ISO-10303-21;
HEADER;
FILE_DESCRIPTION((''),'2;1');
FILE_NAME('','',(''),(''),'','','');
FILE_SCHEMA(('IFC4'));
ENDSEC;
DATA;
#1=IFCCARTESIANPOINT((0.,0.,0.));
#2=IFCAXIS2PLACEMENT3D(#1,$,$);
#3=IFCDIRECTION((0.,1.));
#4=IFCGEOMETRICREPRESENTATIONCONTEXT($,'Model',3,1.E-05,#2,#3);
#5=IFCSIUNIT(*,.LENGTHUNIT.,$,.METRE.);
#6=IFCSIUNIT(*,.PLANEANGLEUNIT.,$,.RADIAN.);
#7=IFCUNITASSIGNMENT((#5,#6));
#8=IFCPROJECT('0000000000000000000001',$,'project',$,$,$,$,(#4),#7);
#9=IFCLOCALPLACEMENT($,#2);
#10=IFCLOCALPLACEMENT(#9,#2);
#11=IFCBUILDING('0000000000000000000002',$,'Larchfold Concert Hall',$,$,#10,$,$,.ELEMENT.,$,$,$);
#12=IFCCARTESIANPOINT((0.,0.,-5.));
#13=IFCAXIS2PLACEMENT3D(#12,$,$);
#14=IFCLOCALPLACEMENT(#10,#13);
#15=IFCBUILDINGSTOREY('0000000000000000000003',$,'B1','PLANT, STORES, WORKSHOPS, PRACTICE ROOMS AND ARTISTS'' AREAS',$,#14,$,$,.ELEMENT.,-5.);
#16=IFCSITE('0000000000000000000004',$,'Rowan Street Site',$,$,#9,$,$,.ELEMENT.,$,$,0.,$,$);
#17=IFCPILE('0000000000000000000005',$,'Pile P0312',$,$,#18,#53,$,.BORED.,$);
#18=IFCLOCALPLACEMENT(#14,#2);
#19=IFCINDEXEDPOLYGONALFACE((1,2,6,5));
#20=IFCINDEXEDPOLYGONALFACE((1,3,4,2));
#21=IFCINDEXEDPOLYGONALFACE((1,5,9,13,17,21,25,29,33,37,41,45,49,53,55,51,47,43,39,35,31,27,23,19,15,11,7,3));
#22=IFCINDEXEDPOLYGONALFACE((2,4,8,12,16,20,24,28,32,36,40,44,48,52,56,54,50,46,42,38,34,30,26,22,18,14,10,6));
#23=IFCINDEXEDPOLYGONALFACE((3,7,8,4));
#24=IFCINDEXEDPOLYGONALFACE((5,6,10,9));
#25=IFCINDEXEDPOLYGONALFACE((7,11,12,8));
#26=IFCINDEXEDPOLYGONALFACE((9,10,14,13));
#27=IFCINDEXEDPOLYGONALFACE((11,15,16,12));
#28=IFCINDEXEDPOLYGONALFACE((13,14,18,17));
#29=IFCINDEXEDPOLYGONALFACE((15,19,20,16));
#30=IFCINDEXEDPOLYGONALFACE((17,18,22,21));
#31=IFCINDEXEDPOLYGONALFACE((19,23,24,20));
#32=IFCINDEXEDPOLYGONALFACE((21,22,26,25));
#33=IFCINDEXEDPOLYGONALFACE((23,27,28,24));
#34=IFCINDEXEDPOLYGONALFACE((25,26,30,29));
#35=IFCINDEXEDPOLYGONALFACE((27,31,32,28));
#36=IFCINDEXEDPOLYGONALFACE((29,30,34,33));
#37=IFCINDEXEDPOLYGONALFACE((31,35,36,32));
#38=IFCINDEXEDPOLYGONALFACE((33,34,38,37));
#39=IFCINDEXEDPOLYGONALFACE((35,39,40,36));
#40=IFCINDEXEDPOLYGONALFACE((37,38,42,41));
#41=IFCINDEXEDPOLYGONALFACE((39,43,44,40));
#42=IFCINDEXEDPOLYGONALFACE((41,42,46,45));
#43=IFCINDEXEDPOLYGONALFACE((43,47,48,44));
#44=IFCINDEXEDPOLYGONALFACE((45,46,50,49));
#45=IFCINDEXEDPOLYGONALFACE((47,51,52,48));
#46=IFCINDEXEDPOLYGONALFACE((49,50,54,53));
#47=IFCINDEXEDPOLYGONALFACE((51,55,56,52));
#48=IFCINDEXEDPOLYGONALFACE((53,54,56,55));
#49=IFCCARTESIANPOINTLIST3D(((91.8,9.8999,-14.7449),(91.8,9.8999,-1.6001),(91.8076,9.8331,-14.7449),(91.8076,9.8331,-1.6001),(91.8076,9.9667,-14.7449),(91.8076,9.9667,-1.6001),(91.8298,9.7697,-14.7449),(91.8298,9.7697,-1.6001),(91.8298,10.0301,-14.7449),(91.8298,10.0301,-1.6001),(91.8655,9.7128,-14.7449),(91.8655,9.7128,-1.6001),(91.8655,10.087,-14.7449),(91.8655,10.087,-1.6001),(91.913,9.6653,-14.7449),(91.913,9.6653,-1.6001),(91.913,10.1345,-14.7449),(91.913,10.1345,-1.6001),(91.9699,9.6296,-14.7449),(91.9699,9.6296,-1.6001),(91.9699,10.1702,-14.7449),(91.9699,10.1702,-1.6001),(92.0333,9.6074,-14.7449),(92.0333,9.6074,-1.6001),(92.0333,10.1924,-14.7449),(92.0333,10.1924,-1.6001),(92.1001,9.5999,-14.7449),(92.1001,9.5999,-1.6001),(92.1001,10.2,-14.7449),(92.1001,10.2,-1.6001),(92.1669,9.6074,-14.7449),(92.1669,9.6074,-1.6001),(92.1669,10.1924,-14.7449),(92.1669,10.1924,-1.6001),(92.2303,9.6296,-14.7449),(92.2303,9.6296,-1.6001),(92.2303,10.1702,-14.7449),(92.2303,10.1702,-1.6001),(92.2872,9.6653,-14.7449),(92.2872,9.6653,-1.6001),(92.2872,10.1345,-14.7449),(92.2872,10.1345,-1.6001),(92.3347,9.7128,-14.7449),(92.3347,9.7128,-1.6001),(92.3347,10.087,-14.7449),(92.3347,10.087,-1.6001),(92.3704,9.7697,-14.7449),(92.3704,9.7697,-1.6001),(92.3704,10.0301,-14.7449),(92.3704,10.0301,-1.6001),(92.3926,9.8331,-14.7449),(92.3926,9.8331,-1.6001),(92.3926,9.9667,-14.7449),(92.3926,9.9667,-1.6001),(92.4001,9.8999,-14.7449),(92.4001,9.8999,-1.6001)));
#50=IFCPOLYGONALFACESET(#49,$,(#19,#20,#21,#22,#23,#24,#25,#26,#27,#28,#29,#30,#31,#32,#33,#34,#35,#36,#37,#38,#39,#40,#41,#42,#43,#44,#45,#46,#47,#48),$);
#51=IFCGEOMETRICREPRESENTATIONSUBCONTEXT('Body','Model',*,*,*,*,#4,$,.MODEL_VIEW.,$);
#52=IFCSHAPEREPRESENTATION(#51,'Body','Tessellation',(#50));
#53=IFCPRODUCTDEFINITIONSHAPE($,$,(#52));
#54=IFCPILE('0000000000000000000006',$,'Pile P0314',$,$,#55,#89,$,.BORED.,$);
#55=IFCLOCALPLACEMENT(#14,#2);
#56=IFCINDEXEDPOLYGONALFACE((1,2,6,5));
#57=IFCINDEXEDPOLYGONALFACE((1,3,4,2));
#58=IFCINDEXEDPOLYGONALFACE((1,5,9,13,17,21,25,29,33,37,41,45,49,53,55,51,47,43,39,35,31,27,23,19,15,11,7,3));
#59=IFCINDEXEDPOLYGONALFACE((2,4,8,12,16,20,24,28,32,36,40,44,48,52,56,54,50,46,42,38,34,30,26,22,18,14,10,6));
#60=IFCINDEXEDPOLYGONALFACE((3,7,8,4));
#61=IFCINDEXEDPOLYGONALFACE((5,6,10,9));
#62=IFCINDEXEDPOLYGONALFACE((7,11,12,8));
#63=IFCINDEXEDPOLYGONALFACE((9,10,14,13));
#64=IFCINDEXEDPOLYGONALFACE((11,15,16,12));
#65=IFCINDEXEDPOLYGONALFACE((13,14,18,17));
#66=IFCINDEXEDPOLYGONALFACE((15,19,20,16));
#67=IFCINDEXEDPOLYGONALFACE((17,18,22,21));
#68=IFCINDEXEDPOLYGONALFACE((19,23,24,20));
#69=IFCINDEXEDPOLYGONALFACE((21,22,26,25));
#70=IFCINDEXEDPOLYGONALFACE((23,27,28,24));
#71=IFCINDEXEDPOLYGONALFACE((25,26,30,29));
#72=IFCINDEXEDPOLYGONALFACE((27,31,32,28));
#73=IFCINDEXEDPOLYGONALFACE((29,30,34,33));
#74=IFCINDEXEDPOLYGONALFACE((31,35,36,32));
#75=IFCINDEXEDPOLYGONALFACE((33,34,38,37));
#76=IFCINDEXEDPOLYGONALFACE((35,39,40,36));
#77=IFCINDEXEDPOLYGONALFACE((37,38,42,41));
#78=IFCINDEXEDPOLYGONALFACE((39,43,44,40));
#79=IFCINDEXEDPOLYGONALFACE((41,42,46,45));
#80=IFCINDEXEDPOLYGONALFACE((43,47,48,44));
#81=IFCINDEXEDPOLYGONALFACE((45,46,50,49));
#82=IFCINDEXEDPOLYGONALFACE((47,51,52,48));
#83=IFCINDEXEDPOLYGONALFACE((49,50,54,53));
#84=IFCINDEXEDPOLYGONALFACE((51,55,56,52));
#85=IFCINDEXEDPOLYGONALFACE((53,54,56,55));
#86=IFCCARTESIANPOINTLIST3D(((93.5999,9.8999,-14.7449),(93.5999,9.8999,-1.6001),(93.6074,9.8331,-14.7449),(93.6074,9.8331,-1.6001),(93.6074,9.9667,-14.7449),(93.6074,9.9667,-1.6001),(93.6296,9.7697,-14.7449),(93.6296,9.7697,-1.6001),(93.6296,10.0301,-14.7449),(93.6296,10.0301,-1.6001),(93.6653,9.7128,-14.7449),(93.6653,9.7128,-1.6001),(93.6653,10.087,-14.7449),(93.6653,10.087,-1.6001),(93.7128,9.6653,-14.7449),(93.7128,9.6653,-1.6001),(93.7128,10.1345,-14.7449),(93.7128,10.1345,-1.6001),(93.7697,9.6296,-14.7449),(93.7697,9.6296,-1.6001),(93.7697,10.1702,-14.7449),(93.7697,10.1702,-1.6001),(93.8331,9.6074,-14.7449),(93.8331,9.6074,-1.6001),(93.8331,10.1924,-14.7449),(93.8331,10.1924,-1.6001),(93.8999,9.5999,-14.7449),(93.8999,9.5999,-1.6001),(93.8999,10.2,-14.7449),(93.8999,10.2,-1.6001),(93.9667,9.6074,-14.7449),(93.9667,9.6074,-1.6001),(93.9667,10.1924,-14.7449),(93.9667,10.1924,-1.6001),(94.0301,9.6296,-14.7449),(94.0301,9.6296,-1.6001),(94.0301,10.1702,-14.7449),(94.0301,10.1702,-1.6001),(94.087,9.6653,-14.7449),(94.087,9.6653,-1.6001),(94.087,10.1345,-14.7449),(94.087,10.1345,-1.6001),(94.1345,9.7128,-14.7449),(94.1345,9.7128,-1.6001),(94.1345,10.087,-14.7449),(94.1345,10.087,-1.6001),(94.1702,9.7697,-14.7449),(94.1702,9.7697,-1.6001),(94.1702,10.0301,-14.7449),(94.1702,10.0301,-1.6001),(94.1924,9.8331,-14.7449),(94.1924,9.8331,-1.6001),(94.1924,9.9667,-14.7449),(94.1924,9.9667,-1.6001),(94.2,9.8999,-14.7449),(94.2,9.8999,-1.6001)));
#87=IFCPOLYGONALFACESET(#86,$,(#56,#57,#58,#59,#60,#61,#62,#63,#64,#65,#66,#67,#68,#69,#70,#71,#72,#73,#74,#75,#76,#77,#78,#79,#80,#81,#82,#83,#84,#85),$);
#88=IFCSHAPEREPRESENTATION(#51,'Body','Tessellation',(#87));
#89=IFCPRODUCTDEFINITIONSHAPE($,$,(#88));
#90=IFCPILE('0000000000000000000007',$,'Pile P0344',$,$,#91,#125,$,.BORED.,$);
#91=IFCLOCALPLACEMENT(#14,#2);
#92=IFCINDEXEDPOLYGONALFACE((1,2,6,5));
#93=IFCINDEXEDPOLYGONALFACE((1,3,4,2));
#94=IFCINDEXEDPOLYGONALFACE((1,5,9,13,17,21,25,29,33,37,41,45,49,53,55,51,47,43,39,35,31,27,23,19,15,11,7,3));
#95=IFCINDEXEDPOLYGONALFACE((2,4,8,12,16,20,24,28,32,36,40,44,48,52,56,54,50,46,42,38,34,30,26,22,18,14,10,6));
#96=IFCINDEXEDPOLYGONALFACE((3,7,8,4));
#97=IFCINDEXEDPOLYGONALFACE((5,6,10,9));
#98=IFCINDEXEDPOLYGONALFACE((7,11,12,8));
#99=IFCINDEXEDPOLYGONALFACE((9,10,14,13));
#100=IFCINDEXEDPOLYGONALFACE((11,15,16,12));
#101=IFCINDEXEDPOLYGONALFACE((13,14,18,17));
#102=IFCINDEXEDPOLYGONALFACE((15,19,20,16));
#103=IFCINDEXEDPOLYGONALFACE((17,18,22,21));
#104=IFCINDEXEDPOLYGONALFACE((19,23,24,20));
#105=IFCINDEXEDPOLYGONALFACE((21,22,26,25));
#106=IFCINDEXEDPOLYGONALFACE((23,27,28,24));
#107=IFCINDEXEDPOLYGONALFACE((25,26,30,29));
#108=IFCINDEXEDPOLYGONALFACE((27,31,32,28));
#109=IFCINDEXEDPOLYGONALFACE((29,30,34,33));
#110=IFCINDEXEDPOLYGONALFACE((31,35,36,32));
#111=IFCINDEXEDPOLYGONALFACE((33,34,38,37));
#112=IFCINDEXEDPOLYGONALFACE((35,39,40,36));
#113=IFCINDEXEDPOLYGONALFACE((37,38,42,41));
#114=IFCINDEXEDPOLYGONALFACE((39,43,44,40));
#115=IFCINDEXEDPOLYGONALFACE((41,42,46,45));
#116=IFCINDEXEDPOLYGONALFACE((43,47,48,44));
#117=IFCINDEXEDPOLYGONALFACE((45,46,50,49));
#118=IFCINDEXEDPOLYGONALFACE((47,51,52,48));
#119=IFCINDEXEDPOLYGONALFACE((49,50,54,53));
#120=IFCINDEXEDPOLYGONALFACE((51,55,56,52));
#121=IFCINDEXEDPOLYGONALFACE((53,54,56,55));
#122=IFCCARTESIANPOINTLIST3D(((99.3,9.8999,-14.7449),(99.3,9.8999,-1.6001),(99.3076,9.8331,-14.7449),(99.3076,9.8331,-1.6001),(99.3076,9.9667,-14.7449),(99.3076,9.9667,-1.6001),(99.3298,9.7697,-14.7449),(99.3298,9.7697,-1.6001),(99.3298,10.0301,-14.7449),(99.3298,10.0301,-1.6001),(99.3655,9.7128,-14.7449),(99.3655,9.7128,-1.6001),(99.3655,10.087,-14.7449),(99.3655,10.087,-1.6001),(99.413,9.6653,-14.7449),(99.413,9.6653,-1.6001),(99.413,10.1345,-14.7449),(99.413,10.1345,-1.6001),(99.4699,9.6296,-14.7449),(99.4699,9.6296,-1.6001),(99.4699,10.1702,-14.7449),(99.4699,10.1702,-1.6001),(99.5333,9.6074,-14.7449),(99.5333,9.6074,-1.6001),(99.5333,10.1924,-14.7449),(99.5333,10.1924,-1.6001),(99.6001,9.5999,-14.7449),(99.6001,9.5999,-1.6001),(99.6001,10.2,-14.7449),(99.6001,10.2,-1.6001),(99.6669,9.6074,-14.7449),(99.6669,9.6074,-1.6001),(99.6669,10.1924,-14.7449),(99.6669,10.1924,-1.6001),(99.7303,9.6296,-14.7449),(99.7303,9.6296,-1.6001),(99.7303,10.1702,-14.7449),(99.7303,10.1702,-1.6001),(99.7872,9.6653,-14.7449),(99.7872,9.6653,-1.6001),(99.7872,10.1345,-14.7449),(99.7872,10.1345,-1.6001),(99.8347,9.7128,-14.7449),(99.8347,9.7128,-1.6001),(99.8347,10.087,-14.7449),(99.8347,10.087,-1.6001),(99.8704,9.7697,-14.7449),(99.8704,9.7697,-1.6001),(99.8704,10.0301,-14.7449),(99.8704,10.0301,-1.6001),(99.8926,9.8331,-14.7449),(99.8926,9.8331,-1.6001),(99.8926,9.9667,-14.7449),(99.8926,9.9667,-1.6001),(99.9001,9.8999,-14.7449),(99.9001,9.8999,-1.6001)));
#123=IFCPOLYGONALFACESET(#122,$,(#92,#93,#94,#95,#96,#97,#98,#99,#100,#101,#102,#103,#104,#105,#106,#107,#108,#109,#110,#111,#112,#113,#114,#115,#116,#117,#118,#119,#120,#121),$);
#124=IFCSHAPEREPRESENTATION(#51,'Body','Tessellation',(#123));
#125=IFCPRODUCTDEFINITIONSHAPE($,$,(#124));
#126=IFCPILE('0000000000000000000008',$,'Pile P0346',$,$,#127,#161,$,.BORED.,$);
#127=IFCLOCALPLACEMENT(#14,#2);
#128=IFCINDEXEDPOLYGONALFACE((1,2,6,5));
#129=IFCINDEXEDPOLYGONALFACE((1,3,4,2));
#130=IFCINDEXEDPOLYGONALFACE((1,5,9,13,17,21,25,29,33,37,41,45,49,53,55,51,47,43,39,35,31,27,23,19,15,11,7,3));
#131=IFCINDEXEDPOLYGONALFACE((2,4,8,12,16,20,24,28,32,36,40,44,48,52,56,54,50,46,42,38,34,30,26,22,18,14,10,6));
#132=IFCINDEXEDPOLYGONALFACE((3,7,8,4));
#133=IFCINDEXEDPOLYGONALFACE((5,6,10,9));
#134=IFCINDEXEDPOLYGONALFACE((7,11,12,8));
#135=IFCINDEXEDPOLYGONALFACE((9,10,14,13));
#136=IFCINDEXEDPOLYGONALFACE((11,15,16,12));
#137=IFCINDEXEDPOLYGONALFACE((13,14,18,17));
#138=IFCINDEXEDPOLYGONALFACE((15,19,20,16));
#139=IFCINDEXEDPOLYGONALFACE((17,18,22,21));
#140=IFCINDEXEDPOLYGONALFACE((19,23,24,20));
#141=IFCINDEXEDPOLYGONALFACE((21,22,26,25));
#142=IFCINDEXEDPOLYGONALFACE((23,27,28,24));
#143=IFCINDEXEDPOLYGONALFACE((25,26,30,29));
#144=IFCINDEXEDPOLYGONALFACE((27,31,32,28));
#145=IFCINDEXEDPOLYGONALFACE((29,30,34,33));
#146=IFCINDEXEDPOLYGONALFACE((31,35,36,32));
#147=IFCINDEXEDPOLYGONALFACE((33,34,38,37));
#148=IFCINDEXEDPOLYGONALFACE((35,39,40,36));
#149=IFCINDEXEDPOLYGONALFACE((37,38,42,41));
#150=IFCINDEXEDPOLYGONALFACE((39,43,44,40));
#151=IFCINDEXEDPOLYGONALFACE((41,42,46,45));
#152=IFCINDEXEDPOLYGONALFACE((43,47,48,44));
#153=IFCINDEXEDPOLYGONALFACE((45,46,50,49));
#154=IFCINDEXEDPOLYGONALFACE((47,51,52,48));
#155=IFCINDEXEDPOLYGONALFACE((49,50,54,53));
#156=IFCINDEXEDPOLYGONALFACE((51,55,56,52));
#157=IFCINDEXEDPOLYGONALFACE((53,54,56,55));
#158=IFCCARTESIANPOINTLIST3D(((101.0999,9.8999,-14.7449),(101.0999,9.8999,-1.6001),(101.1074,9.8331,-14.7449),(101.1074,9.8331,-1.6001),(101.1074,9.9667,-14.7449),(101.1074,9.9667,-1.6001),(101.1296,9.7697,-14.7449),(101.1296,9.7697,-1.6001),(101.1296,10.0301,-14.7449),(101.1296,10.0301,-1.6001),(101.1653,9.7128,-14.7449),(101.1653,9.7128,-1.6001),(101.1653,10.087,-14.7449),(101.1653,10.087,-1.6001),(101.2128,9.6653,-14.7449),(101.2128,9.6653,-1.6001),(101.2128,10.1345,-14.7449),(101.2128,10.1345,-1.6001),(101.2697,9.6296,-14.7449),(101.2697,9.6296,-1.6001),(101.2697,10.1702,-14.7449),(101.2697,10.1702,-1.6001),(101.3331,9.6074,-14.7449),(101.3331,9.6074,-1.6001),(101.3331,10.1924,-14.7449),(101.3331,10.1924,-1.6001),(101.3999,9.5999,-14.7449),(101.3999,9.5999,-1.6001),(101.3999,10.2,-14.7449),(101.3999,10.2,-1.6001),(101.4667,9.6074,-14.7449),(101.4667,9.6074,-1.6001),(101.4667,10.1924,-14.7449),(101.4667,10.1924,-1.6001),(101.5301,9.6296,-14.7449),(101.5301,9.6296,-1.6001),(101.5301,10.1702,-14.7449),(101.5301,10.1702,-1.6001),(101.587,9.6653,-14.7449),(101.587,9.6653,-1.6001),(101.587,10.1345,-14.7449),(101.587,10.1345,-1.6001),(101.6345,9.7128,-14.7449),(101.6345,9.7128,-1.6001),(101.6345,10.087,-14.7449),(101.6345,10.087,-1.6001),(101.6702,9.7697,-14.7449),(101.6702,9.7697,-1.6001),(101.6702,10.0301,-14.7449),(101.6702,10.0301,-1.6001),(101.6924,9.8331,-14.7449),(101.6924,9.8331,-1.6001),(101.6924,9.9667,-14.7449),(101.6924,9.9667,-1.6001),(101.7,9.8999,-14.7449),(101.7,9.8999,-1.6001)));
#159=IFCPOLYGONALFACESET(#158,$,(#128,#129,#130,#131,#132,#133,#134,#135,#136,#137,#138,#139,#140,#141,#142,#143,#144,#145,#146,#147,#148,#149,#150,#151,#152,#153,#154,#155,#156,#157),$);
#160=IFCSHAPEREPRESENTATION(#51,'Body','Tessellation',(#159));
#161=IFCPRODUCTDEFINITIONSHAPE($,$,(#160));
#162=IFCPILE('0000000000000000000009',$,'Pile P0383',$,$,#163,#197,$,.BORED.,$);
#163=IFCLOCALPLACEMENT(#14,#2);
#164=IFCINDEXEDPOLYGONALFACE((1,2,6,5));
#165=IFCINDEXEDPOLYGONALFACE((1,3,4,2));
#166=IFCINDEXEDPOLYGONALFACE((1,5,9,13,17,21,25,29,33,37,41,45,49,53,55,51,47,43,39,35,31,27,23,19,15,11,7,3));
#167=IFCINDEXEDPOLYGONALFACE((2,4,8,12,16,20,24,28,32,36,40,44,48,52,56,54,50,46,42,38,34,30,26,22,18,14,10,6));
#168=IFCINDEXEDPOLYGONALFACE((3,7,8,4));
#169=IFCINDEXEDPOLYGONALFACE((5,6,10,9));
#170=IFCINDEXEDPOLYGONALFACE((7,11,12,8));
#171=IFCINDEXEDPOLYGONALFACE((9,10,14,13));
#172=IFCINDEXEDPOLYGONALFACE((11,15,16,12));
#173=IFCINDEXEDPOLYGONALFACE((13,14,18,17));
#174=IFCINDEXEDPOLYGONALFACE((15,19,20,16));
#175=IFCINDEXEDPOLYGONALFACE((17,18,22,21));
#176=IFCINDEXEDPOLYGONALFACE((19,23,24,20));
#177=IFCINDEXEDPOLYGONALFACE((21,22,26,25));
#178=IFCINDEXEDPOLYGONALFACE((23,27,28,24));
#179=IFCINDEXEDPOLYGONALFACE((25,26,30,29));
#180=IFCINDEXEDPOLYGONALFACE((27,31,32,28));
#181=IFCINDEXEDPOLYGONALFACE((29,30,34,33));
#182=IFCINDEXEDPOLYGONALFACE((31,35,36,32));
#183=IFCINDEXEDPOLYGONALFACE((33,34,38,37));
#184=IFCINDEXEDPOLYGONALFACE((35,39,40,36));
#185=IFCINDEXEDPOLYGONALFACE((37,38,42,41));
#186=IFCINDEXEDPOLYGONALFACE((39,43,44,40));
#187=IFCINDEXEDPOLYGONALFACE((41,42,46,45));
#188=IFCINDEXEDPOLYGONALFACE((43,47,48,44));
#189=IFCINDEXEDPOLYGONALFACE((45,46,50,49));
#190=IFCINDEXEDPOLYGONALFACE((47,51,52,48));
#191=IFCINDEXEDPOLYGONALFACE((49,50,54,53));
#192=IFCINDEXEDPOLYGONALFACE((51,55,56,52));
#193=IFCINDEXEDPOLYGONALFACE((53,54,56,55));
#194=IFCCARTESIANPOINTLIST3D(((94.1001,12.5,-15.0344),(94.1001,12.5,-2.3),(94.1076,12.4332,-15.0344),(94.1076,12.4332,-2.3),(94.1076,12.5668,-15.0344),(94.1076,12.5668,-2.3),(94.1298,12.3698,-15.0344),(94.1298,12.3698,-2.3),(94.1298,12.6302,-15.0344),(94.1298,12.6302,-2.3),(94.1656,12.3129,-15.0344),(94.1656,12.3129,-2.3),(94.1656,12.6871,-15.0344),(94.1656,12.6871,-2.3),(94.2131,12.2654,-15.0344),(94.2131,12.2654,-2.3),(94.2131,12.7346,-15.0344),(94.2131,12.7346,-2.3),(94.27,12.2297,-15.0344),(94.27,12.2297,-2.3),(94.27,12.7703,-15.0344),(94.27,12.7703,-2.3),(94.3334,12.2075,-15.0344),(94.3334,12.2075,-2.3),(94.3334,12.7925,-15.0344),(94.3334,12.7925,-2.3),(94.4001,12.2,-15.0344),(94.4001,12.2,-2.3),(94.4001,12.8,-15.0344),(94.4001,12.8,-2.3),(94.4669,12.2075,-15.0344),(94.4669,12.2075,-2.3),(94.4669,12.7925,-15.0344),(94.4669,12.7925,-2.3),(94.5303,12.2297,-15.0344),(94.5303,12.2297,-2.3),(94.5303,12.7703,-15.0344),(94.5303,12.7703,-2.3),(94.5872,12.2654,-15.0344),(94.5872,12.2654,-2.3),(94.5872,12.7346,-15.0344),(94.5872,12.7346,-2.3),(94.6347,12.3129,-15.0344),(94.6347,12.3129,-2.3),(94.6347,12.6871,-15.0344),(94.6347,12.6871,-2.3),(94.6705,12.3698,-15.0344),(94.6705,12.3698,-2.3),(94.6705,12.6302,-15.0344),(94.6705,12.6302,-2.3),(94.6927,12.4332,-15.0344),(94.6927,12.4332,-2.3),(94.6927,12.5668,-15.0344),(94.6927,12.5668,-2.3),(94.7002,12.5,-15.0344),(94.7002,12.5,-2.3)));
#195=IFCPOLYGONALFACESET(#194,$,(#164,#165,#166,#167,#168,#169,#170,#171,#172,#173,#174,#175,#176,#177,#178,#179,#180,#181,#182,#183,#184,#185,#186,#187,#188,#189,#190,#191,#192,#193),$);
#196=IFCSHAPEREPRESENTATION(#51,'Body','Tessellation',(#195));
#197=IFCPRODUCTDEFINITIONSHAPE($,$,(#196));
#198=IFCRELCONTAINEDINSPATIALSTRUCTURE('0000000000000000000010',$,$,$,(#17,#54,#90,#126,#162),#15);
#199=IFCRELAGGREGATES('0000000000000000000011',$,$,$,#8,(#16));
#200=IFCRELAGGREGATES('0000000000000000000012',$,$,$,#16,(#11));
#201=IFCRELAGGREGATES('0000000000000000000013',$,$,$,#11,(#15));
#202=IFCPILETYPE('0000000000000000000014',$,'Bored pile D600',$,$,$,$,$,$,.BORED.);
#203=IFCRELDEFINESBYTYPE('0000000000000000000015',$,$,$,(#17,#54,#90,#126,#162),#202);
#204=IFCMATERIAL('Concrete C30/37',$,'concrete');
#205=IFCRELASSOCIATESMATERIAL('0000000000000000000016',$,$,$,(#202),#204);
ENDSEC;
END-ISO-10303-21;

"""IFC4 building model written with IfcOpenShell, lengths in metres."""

from ifc_helpers import new_model, si_unit, direction, frame, origin, origin_2d, place, context, subcontext, project, spatial, circle, extrude, material, material_profile, profile_set, type_object, element, save


model = new_model("IFC4")

# Units and contexts
model_context = context("Model", 3, precision=1e-05, world=origin(), true_north=direction((0.0, 1.0)))
body_context = subcontext(model_context, "Body", "Model", "MODEL_VIEW")
ifc_project = project(units=[si_unit("LENGTHUNIT", "METRE"), si_unit("PLANEANGLEUNIT", "RADIAN")], contexts=[model_context])

# Site, building, storey
site_placement = place(None, origin())
site = spatial("IfcSite", under=ifc_project, at=site_placement, Name="Rowan Street Site", CompositionType="ELEMENT", RefElevation=0.0)
building_placement = place(site_placement, origin())
building = spatial("IfcBuilding", under=site, at=building_placement, Name="Larchfold Concert Hall", CompositionType="ELEMENT")
storey_placement = place(building_placement, frame((0.0, 0.0, -5.0)))
storey = spatial("IfcBuildingStorey", under=building, at=storey_placement, Name="B1", Description="PLANT, STORES, WORKSHOPS, PRACTICE ROOMS AND ARTISTS' AREAS", CompositionType="ELEMENT", Elevation=-5.0)

# Piles
ifc_material_1 = material(Name="Concrete C30/37", Category="concrete")
ifc_material_profile_1 = material_profile(ifc_material_1, circle(Radius=0.3, at=origin_2d()))
ifc_profile_set_1 = profile_set([ifc_material_profile_1], Name="Concrete C30/37")
pile_type = type_object("IfcPileType", Name="Bored pile D600", PredefinedType="BORED", material=ifc_profile_set_1)
for number, where, z_axis, x_axis, name in (
    (1, (92.1001, 9.8999, -1.6001), (0.0, 0.0, -1.0), (1.0, 0.0, 0.0), "Pile P0312"),
    (2, (93.8999, 9.8999, -1.6001), (0.0, 0.0, -1.0), (1.0, 0.0, 0.0), "Pile P0314"),
    (3, (99.6001, 9.8999, -1.6001), (0.0, 0.0, -1.0), (1.0, 0.0, 0.0), "Pile P0344"),
    (4, (101.3999, 9.8999, -1.6001), (0.0, 0.0, -1.0), (1.0, 0.0, 0.0), "Pile P0346"),
):
    element("IfcPile", number, at=place(storey_placement, frame(where, z_axis=z_axis, x_axis=x_axis)), inside=storey, type_object=pile_type, Name=name, PredefinedType="BORED", context=body_context, shape_type="SweptSolid", body=[
        extrude(circle(Radius=0.3, at=origin_2d()), origin(), (0.0, 0.0, 1.0), 13.1448),
    ])
pile_1_placement = place(storey_placement, frame((94.4001, 12.5, -2.3), z_axis=(0.0, 0.0, -1.0), x_axis=(1.0, 0.0, 0.0)))
element("IfcPile", 5, at=pile_1_placement, inside=storey, type_object=pile_type, Name="Pile P0383", PredefinedType="BORED", context=body_context, shape_type="SweptSolid", body=[
    extrude(circle(Radius=0.3, at=origin_2d()), origin(), (0.0, 0.0, 1.0), 12.7344),
])

save(model, "model.ifc")
